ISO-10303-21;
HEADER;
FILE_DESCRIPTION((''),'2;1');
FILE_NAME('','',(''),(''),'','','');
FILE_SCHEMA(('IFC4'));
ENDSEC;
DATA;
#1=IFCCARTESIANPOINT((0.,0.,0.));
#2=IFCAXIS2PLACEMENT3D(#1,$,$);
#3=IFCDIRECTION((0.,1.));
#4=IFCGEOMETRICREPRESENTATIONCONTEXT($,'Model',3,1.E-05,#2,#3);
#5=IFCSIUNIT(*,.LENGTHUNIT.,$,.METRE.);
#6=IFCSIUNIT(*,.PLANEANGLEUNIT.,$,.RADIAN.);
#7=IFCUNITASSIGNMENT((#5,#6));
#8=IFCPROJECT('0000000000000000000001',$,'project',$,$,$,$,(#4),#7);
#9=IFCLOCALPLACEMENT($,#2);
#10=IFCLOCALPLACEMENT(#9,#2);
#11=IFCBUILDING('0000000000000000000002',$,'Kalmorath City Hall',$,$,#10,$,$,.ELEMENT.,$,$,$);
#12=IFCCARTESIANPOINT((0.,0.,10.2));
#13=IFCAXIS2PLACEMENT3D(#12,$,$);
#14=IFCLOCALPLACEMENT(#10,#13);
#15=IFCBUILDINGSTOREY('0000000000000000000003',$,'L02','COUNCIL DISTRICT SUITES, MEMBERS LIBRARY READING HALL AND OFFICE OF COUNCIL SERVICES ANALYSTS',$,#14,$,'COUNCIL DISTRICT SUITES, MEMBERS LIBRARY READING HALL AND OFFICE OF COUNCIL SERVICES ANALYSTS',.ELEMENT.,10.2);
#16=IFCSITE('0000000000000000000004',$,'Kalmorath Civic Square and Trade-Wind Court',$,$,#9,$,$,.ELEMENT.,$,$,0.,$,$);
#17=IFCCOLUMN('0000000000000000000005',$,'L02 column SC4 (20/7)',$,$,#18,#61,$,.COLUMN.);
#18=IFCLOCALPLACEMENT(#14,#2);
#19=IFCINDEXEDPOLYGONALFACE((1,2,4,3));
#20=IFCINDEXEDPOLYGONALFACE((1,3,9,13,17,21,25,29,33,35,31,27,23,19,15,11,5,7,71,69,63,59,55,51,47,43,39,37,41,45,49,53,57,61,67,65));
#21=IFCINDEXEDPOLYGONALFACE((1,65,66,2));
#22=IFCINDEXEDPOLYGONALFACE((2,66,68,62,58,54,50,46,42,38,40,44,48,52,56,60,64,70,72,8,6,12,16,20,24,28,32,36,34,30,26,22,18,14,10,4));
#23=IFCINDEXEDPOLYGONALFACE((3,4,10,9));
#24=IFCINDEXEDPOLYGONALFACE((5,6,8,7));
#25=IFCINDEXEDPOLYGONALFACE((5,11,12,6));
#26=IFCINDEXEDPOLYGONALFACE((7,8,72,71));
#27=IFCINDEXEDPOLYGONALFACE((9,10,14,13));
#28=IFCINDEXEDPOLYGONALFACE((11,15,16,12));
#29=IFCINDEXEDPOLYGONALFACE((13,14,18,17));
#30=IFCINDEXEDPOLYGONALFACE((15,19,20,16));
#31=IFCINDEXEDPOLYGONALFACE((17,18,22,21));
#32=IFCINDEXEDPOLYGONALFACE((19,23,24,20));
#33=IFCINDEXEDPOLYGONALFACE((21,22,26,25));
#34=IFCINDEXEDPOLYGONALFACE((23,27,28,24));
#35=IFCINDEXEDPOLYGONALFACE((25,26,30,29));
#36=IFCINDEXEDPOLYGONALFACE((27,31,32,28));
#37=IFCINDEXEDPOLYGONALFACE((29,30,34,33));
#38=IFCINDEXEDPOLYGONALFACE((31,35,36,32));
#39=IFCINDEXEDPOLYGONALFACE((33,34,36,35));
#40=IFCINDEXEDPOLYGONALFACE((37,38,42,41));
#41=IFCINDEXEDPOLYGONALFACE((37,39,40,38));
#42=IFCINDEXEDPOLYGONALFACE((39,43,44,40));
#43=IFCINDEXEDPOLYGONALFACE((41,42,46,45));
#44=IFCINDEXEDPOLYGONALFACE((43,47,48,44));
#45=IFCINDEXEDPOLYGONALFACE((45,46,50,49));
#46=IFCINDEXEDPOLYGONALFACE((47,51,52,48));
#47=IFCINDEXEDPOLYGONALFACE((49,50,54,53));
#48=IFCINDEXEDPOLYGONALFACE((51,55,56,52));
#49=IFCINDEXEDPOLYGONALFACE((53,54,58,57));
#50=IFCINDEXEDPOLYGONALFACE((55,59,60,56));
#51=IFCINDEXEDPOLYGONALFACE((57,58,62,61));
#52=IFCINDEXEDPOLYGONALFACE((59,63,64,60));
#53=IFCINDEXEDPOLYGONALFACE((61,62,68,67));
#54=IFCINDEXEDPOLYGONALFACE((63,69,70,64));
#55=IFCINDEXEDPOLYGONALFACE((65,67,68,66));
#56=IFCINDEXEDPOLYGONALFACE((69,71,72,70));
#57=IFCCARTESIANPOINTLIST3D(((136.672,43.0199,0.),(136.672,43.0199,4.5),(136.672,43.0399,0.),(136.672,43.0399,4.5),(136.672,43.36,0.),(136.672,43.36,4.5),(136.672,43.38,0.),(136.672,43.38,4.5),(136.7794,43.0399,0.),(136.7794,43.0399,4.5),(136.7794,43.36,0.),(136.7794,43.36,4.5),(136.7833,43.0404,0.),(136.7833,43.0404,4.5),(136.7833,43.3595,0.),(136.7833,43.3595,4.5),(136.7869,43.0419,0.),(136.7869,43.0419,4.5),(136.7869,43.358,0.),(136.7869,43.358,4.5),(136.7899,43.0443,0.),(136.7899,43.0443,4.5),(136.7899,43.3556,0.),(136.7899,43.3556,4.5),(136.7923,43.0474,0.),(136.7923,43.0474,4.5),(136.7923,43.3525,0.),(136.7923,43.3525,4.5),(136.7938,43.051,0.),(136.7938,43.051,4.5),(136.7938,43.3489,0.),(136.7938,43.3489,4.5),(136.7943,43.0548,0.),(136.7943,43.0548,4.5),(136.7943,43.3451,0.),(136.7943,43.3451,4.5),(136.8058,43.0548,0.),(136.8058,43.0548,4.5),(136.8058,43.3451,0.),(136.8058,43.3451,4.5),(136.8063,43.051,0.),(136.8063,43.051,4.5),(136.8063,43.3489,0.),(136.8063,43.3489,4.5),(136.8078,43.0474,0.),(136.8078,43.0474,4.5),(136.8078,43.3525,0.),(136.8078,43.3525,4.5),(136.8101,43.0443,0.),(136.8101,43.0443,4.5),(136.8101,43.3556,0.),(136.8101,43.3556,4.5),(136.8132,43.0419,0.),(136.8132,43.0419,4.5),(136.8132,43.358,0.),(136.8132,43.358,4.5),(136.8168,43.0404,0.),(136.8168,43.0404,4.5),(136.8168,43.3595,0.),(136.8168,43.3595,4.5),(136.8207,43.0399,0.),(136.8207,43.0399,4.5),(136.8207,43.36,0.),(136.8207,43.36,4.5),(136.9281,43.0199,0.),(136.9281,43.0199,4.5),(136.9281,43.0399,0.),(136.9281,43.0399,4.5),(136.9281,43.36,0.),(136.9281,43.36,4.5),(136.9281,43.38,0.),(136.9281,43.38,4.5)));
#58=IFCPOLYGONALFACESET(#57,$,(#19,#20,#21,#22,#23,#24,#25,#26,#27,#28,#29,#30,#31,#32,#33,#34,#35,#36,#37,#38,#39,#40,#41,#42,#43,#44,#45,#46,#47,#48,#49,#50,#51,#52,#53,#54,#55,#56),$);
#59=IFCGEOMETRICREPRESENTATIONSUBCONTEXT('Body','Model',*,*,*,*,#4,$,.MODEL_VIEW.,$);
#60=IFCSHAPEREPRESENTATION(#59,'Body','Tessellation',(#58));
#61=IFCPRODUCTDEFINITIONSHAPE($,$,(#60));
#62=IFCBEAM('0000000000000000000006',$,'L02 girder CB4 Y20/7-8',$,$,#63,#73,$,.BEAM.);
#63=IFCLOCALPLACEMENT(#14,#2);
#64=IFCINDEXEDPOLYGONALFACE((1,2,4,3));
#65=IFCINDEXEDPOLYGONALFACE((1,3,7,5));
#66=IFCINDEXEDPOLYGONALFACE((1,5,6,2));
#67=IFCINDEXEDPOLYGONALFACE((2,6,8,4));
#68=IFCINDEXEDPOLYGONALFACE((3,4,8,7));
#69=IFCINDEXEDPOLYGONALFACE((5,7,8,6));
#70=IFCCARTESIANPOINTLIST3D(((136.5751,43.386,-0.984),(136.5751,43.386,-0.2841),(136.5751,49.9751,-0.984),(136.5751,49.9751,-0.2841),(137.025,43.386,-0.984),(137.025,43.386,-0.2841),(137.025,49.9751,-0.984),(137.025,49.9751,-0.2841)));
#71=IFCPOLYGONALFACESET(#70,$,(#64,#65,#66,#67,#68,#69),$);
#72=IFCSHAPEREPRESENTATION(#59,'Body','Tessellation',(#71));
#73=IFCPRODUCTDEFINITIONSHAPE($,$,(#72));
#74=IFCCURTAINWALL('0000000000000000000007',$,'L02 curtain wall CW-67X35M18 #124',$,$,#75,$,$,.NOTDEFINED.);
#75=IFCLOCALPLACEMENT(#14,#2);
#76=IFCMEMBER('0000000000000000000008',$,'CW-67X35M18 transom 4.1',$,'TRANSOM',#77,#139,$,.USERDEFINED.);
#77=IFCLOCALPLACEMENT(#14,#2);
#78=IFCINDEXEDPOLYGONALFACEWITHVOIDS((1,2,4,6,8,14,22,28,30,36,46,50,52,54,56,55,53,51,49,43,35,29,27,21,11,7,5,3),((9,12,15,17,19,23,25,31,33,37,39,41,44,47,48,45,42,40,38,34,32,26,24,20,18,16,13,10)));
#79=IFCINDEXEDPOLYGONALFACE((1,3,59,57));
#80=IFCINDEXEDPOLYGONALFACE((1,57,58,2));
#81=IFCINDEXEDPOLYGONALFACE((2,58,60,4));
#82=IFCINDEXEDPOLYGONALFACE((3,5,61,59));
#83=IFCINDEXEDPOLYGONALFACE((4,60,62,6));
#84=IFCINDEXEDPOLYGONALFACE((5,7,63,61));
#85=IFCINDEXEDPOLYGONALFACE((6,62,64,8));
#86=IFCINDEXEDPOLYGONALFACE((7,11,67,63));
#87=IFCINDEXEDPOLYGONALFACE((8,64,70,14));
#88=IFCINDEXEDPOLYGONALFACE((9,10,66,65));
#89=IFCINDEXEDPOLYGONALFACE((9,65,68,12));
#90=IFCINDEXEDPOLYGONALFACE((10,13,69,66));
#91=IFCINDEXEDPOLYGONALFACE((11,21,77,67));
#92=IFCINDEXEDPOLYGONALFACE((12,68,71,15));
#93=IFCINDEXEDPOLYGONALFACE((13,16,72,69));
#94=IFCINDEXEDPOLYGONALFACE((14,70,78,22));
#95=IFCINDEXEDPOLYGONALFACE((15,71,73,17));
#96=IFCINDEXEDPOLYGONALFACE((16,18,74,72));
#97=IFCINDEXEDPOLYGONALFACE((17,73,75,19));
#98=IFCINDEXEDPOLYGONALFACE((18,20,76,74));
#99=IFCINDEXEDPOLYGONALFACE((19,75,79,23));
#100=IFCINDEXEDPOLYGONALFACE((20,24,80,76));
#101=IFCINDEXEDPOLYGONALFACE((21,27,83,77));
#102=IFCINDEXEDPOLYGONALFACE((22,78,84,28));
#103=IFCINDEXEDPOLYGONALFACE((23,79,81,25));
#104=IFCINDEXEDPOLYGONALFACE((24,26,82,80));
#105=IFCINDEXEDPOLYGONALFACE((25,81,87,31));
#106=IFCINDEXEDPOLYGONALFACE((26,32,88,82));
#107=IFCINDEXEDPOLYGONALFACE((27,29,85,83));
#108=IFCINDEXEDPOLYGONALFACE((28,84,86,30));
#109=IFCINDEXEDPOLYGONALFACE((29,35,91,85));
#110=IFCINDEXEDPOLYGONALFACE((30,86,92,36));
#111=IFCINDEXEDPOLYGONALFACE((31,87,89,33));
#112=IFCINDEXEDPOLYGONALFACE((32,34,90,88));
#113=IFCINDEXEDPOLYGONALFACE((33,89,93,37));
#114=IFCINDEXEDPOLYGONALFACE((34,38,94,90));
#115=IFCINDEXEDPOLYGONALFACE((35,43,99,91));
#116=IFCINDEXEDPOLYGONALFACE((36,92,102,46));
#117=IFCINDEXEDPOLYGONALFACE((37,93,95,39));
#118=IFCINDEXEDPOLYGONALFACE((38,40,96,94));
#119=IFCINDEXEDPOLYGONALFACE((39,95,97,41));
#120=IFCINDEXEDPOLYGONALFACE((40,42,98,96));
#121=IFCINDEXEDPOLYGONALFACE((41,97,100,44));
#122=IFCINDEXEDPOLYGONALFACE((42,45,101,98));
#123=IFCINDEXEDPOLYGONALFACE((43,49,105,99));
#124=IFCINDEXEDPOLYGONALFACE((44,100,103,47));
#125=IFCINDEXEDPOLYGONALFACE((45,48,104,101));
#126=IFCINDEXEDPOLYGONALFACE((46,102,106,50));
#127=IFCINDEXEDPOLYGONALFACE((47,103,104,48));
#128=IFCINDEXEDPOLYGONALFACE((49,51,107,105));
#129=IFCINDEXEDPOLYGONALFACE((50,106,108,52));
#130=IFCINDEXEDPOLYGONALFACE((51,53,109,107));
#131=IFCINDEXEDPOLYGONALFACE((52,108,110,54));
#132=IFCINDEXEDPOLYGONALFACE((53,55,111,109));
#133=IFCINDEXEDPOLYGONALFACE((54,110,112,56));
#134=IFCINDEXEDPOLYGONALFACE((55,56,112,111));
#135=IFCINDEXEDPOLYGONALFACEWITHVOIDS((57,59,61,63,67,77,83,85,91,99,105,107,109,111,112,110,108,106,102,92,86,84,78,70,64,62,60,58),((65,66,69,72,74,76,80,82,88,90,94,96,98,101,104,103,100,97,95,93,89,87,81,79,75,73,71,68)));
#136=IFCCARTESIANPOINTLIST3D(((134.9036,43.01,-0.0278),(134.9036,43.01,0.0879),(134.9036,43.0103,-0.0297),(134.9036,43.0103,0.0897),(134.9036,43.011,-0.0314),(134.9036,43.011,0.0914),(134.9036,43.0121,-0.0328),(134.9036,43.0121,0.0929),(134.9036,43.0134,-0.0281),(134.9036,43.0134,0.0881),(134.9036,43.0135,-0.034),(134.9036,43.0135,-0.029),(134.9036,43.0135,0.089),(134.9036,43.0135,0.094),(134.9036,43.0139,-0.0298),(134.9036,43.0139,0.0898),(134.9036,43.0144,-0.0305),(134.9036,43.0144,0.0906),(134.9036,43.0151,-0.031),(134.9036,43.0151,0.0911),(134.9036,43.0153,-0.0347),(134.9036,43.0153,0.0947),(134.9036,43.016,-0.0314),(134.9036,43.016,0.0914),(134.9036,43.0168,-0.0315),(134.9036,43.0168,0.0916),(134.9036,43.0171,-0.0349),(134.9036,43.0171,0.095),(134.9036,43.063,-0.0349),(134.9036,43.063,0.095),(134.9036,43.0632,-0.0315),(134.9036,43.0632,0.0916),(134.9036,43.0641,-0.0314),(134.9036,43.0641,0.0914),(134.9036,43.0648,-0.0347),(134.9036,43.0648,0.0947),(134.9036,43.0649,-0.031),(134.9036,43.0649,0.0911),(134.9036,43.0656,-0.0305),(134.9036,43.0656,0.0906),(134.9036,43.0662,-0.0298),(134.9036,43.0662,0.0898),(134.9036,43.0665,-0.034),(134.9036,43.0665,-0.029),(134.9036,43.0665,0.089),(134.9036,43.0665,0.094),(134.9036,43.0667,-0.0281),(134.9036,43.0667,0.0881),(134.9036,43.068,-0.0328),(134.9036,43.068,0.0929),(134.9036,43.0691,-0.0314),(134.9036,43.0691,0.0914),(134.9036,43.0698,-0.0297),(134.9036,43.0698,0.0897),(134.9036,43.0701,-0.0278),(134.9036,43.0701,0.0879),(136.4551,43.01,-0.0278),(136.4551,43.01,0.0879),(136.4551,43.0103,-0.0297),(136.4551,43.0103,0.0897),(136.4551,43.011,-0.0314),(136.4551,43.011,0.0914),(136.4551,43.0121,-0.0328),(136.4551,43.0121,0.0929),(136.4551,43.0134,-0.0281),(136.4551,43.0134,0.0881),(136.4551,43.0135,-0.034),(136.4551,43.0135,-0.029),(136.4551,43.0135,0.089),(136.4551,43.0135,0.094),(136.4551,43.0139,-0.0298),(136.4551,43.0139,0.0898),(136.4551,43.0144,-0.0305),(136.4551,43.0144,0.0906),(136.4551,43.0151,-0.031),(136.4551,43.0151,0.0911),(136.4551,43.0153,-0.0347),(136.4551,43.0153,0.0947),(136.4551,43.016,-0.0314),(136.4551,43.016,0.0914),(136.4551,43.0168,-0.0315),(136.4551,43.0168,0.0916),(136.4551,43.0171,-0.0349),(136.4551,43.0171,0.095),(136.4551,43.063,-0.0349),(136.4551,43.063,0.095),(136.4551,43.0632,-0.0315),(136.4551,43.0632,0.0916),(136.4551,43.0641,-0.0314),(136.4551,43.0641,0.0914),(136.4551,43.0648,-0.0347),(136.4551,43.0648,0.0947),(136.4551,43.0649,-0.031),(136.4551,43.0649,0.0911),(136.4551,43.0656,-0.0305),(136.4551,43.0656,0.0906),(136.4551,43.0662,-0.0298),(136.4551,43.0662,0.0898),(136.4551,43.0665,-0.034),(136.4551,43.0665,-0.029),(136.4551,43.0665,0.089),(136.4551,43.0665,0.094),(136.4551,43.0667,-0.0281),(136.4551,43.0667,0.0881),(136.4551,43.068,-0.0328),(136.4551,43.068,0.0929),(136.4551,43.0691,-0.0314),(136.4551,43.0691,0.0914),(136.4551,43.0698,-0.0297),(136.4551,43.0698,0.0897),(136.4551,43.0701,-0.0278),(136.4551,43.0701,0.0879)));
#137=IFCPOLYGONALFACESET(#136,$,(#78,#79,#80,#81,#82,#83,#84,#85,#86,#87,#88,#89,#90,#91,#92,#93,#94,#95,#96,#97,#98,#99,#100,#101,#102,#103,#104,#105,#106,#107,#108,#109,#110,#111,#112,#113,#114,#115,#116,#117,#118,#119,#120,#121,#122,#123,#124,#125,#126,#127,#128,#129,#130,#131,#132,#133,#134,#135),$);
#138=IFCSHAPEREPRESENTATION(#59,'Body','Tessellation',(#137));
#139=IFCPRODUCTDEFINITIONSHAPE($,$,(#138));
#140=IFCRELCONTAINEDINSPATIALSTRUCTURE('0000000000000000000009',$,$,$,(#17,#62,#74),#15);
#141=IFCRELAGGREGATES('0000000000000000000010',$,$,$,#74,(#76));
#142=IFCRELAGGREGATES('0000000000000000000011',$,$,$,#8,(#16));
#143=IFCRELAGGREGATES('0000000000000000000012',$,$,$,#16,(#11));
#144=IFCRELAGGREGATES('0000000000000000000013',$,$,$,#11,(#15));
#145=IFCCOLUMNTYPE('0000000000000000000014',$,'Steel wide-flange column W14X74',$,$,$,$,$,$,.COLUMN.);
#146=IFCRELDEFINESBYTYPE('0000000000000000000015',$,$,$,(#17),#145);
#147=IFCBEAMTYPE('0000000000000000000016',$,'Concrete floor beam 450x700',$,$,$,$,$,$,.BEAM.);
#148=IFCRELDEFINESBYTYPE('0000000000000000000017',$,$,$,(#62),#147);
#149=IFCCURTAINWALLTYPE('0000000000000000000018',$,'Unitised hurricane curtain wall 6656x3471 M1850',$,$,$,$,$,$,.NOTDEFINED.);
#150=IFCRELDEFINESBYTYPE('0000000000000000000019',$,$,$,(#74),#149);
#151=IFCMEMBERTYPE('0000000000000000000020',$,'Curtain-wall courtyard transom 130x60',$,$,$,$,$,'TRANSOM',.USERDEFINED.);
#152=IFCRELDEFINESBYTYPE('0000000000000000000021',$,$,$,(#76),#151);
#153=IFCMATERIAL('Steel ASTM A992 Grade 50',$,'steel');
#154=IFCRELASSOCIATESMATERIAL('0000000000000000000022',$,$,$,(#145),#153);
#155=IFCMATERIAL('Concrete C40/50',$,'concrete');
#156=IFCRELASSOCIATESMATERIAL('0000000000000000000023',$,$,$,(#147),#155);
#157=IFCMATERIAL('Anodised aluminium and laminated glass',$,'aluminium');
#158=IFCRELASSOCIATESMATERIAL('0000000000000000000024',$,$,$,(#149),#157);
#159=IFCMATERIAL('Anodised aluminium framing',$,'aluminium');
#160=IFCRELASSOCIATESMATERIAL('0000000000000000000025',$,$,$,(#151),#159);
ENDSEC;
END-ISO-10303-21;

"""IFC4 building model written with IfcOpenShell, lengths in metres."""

from ifc_helpers import new_model, si_unit, direction, frame, origin, origin_2d, place, context, subcontext, project, spatial, rectangle, hollow_rectangle, i_section, extrude, material, material_profile, profile_set, type_object, element, aggregate, save


model = new_model("IFC4")

# Units and contexts
model_context = context("Model", 3, precision=1e-05, world=origin(), true_north=direction((0.0, 1.0)))
body_context = subcontext(model_context, "Body", "Model", "MODEL_VIEW")
ifc_project = project(units=[si_unit("LENGTHUNIT", "METRE"), si_unit("PLANEANGLEUNIT", "RADIAN")], contexts=[model_context])

# Site, building, storey
site_placement = place(None, origin())
site = spatial("IfcSite", under=ifc_project, at=site_placement, Name="Kalmorath Civic Square and Trade-Wind Court", CompositionType="ELEMENT", RefElevation=0.0)
building_placement = place(site_placement, origin())
building = spatial("IfcBuilding", under=site, at=building_placement, Name="Kalmorath City Hall", CompositionType="ELEMENT")
storey_placement = place(building_placement, frame((0.0, 0.0, 10.2)))
storey = spatial("IfcBuildingStorey", under=building, at=storey_placement, Name="L02", Description="COUNCIL DISTRICT SUITES, MEMBERS LIBRARY READING HALL AND OFFICE OF COUNCIL SERVICES ANALYSTS", LongName="COUNCIL DISTRICT SUITES, MEMBERS LIBRARY READING HALL AND OFFICE OF COUNCIL SERVICES ANALYSTS", CompositionType="ELEMENT", Elevation=10.2)

# Column
ifc_material_1 = material(Name="Steel ASTM A992 Grade 50", Category="steel")
ifc_material_profile_1 = material_profile(ifc_material_1, i_section(OverallWidth=0.2561, OverallDepth=0.3601, WebThickness=0.0115, FlangeThickness=0.02, FilletRadius=0.0149, at=origin_2d()), Name="W14X74")
ifc_profile_set_1 = profile_set([ifc_material_profile_1], Name="Steel ASTM A992 Grade 50")
column_type = type_object("IfcColumnType", Name="Steel wide-flange column W14X74", PredefinedType="COLUMN", material=ifc_profile_set_1)
column_placement = place(storey_placement, frame((136.8, 43.2, 0.0), z_axis=(0.0, 0.0, 1.0), x_axis=(1.0, 0.0, 0.0)))
element("IfcColumn", 1, at=column_placement, inside=storey, type_object=column_type, Name="L02 column SC4 (20/7)", PredefinedType="COLUMN", context=body_context, shape_type="SweptSolid", body=[
    extrude(i_section(OverallWidth=0.2561, OverallDepth=0.3601, WebThickness=0.0115, FlangeThickness=0.02, FilletRadius=0.0149, at=origin_2d()), origin(), (0.0, 0.0, 1.0), 4.5),
])

# Beam
ifc_material_2 = material(Name="Concrete C40/50", Category="concrete")
ifc_material_profile_2 = material_profile(ifc_material_2, rectangle(XDim=0.45, YDim=0.7, at=origin_2d()), Name="RC-BM-450X700")
ifc_profile_set_2 = profile_set([ifc_material_profile_2], Name="Concrete C40/50")
beam_type = type_object("IfcBeamType", Name="Concrete floor beam 450x700", PredefinedType="BEAM", material=ifc_profile_set_2)
beam_placement = place(storey_placement, frame((136.8, 43.386, -0.634), z_axis=(0.0, 1.0, 0.0), x_axis=(-1.0, 0.0, 0.0)))
element("IfcBeam", 2, at=beam_placement, inside=storey, type_object=beam_type, Name="L02 girder CB4 Y20/7-8", PredefinedType="BEAM", context=body_context, shape_type="SweptSolid", body=[
    extrude(rectangle(XDim=0.45, YDim=0.7, at=origin_2d()), origin(), (0.0, 0.0, 1.0), 6.5891),
])

# Curtain wall, member
ifc_material_3 = material(Name="Anodised aluminium and laminated glass", Category="aluminium")
curtain_wall_type_1 = type_object("IfcCurtainWallType", Name="Unitised hurricane curtain wall 6656x3471 M1850", PredefinedType="NOTDEFINED", material=ifc_material_3)
curtain_wall_1_placement = place(storey_placement, origin())
curtain_wall_1 = element("IfcCurtainWall", 3, at=curtain_wall_1_placement, inside=storey, type_object=curtain_wall_type_1, Name="L02 curtain wall CW-67X35M18 #124", PredefinedType="NOTDEFINED")
ifc_material_4 = material(Name="Anodised aluminium framing", Category="aluminium")
ifc_material_profile_3 = material_profile(ifc_material_4, hollow_rectangle(XDim=0.0601, YDim=0.1299, WallThickness=0.0034, InnerFilletRadius=0.0034, OuterFilletRadius=0.0071, at=origin_2d()), Name="ALU-TRN-130X60X3.5")
ifc_profile_set_3 = profile_set([ifc_material_profile_3], Name="Anodised aluminium framing")
member_type_1 = type_object("IfcMemberType", Name="Curtain-wall courtyard transom 130x60", ElementType="TRANSOM", PredefinedType="USERDEFINED", material=ifc_profile_set_3)
member_1_placement = place(storey_placement, frame((134.9036, 43.04, 0.03), z_axis=(1.0, 0.0, 0.0), x_axis=(0.0, 1.0, 0.0)))
member_1 = element("IfcMember", 4, at=member_1_placement, type_object=member_type_1, Name="CW-67X35M18 transom 4.1", ObjectType="TRANSOM", PredefinedType="USERDEFINED", context=body_context, shape_type="SweptSolid", body=[
    extrude(hollow_rectangle(XDim=0.0601, YDim=0.1299, WallThickness=0.0034, InnerFilletRadius=0.0034, OuterFilletRadius=0.0071, at=origin_2d()), origin(), (0.0, 0.0, 1.0), 1.5515),
])

aggregate(curtain_wall_1, [member_1])

save(model, "model.ifc")
